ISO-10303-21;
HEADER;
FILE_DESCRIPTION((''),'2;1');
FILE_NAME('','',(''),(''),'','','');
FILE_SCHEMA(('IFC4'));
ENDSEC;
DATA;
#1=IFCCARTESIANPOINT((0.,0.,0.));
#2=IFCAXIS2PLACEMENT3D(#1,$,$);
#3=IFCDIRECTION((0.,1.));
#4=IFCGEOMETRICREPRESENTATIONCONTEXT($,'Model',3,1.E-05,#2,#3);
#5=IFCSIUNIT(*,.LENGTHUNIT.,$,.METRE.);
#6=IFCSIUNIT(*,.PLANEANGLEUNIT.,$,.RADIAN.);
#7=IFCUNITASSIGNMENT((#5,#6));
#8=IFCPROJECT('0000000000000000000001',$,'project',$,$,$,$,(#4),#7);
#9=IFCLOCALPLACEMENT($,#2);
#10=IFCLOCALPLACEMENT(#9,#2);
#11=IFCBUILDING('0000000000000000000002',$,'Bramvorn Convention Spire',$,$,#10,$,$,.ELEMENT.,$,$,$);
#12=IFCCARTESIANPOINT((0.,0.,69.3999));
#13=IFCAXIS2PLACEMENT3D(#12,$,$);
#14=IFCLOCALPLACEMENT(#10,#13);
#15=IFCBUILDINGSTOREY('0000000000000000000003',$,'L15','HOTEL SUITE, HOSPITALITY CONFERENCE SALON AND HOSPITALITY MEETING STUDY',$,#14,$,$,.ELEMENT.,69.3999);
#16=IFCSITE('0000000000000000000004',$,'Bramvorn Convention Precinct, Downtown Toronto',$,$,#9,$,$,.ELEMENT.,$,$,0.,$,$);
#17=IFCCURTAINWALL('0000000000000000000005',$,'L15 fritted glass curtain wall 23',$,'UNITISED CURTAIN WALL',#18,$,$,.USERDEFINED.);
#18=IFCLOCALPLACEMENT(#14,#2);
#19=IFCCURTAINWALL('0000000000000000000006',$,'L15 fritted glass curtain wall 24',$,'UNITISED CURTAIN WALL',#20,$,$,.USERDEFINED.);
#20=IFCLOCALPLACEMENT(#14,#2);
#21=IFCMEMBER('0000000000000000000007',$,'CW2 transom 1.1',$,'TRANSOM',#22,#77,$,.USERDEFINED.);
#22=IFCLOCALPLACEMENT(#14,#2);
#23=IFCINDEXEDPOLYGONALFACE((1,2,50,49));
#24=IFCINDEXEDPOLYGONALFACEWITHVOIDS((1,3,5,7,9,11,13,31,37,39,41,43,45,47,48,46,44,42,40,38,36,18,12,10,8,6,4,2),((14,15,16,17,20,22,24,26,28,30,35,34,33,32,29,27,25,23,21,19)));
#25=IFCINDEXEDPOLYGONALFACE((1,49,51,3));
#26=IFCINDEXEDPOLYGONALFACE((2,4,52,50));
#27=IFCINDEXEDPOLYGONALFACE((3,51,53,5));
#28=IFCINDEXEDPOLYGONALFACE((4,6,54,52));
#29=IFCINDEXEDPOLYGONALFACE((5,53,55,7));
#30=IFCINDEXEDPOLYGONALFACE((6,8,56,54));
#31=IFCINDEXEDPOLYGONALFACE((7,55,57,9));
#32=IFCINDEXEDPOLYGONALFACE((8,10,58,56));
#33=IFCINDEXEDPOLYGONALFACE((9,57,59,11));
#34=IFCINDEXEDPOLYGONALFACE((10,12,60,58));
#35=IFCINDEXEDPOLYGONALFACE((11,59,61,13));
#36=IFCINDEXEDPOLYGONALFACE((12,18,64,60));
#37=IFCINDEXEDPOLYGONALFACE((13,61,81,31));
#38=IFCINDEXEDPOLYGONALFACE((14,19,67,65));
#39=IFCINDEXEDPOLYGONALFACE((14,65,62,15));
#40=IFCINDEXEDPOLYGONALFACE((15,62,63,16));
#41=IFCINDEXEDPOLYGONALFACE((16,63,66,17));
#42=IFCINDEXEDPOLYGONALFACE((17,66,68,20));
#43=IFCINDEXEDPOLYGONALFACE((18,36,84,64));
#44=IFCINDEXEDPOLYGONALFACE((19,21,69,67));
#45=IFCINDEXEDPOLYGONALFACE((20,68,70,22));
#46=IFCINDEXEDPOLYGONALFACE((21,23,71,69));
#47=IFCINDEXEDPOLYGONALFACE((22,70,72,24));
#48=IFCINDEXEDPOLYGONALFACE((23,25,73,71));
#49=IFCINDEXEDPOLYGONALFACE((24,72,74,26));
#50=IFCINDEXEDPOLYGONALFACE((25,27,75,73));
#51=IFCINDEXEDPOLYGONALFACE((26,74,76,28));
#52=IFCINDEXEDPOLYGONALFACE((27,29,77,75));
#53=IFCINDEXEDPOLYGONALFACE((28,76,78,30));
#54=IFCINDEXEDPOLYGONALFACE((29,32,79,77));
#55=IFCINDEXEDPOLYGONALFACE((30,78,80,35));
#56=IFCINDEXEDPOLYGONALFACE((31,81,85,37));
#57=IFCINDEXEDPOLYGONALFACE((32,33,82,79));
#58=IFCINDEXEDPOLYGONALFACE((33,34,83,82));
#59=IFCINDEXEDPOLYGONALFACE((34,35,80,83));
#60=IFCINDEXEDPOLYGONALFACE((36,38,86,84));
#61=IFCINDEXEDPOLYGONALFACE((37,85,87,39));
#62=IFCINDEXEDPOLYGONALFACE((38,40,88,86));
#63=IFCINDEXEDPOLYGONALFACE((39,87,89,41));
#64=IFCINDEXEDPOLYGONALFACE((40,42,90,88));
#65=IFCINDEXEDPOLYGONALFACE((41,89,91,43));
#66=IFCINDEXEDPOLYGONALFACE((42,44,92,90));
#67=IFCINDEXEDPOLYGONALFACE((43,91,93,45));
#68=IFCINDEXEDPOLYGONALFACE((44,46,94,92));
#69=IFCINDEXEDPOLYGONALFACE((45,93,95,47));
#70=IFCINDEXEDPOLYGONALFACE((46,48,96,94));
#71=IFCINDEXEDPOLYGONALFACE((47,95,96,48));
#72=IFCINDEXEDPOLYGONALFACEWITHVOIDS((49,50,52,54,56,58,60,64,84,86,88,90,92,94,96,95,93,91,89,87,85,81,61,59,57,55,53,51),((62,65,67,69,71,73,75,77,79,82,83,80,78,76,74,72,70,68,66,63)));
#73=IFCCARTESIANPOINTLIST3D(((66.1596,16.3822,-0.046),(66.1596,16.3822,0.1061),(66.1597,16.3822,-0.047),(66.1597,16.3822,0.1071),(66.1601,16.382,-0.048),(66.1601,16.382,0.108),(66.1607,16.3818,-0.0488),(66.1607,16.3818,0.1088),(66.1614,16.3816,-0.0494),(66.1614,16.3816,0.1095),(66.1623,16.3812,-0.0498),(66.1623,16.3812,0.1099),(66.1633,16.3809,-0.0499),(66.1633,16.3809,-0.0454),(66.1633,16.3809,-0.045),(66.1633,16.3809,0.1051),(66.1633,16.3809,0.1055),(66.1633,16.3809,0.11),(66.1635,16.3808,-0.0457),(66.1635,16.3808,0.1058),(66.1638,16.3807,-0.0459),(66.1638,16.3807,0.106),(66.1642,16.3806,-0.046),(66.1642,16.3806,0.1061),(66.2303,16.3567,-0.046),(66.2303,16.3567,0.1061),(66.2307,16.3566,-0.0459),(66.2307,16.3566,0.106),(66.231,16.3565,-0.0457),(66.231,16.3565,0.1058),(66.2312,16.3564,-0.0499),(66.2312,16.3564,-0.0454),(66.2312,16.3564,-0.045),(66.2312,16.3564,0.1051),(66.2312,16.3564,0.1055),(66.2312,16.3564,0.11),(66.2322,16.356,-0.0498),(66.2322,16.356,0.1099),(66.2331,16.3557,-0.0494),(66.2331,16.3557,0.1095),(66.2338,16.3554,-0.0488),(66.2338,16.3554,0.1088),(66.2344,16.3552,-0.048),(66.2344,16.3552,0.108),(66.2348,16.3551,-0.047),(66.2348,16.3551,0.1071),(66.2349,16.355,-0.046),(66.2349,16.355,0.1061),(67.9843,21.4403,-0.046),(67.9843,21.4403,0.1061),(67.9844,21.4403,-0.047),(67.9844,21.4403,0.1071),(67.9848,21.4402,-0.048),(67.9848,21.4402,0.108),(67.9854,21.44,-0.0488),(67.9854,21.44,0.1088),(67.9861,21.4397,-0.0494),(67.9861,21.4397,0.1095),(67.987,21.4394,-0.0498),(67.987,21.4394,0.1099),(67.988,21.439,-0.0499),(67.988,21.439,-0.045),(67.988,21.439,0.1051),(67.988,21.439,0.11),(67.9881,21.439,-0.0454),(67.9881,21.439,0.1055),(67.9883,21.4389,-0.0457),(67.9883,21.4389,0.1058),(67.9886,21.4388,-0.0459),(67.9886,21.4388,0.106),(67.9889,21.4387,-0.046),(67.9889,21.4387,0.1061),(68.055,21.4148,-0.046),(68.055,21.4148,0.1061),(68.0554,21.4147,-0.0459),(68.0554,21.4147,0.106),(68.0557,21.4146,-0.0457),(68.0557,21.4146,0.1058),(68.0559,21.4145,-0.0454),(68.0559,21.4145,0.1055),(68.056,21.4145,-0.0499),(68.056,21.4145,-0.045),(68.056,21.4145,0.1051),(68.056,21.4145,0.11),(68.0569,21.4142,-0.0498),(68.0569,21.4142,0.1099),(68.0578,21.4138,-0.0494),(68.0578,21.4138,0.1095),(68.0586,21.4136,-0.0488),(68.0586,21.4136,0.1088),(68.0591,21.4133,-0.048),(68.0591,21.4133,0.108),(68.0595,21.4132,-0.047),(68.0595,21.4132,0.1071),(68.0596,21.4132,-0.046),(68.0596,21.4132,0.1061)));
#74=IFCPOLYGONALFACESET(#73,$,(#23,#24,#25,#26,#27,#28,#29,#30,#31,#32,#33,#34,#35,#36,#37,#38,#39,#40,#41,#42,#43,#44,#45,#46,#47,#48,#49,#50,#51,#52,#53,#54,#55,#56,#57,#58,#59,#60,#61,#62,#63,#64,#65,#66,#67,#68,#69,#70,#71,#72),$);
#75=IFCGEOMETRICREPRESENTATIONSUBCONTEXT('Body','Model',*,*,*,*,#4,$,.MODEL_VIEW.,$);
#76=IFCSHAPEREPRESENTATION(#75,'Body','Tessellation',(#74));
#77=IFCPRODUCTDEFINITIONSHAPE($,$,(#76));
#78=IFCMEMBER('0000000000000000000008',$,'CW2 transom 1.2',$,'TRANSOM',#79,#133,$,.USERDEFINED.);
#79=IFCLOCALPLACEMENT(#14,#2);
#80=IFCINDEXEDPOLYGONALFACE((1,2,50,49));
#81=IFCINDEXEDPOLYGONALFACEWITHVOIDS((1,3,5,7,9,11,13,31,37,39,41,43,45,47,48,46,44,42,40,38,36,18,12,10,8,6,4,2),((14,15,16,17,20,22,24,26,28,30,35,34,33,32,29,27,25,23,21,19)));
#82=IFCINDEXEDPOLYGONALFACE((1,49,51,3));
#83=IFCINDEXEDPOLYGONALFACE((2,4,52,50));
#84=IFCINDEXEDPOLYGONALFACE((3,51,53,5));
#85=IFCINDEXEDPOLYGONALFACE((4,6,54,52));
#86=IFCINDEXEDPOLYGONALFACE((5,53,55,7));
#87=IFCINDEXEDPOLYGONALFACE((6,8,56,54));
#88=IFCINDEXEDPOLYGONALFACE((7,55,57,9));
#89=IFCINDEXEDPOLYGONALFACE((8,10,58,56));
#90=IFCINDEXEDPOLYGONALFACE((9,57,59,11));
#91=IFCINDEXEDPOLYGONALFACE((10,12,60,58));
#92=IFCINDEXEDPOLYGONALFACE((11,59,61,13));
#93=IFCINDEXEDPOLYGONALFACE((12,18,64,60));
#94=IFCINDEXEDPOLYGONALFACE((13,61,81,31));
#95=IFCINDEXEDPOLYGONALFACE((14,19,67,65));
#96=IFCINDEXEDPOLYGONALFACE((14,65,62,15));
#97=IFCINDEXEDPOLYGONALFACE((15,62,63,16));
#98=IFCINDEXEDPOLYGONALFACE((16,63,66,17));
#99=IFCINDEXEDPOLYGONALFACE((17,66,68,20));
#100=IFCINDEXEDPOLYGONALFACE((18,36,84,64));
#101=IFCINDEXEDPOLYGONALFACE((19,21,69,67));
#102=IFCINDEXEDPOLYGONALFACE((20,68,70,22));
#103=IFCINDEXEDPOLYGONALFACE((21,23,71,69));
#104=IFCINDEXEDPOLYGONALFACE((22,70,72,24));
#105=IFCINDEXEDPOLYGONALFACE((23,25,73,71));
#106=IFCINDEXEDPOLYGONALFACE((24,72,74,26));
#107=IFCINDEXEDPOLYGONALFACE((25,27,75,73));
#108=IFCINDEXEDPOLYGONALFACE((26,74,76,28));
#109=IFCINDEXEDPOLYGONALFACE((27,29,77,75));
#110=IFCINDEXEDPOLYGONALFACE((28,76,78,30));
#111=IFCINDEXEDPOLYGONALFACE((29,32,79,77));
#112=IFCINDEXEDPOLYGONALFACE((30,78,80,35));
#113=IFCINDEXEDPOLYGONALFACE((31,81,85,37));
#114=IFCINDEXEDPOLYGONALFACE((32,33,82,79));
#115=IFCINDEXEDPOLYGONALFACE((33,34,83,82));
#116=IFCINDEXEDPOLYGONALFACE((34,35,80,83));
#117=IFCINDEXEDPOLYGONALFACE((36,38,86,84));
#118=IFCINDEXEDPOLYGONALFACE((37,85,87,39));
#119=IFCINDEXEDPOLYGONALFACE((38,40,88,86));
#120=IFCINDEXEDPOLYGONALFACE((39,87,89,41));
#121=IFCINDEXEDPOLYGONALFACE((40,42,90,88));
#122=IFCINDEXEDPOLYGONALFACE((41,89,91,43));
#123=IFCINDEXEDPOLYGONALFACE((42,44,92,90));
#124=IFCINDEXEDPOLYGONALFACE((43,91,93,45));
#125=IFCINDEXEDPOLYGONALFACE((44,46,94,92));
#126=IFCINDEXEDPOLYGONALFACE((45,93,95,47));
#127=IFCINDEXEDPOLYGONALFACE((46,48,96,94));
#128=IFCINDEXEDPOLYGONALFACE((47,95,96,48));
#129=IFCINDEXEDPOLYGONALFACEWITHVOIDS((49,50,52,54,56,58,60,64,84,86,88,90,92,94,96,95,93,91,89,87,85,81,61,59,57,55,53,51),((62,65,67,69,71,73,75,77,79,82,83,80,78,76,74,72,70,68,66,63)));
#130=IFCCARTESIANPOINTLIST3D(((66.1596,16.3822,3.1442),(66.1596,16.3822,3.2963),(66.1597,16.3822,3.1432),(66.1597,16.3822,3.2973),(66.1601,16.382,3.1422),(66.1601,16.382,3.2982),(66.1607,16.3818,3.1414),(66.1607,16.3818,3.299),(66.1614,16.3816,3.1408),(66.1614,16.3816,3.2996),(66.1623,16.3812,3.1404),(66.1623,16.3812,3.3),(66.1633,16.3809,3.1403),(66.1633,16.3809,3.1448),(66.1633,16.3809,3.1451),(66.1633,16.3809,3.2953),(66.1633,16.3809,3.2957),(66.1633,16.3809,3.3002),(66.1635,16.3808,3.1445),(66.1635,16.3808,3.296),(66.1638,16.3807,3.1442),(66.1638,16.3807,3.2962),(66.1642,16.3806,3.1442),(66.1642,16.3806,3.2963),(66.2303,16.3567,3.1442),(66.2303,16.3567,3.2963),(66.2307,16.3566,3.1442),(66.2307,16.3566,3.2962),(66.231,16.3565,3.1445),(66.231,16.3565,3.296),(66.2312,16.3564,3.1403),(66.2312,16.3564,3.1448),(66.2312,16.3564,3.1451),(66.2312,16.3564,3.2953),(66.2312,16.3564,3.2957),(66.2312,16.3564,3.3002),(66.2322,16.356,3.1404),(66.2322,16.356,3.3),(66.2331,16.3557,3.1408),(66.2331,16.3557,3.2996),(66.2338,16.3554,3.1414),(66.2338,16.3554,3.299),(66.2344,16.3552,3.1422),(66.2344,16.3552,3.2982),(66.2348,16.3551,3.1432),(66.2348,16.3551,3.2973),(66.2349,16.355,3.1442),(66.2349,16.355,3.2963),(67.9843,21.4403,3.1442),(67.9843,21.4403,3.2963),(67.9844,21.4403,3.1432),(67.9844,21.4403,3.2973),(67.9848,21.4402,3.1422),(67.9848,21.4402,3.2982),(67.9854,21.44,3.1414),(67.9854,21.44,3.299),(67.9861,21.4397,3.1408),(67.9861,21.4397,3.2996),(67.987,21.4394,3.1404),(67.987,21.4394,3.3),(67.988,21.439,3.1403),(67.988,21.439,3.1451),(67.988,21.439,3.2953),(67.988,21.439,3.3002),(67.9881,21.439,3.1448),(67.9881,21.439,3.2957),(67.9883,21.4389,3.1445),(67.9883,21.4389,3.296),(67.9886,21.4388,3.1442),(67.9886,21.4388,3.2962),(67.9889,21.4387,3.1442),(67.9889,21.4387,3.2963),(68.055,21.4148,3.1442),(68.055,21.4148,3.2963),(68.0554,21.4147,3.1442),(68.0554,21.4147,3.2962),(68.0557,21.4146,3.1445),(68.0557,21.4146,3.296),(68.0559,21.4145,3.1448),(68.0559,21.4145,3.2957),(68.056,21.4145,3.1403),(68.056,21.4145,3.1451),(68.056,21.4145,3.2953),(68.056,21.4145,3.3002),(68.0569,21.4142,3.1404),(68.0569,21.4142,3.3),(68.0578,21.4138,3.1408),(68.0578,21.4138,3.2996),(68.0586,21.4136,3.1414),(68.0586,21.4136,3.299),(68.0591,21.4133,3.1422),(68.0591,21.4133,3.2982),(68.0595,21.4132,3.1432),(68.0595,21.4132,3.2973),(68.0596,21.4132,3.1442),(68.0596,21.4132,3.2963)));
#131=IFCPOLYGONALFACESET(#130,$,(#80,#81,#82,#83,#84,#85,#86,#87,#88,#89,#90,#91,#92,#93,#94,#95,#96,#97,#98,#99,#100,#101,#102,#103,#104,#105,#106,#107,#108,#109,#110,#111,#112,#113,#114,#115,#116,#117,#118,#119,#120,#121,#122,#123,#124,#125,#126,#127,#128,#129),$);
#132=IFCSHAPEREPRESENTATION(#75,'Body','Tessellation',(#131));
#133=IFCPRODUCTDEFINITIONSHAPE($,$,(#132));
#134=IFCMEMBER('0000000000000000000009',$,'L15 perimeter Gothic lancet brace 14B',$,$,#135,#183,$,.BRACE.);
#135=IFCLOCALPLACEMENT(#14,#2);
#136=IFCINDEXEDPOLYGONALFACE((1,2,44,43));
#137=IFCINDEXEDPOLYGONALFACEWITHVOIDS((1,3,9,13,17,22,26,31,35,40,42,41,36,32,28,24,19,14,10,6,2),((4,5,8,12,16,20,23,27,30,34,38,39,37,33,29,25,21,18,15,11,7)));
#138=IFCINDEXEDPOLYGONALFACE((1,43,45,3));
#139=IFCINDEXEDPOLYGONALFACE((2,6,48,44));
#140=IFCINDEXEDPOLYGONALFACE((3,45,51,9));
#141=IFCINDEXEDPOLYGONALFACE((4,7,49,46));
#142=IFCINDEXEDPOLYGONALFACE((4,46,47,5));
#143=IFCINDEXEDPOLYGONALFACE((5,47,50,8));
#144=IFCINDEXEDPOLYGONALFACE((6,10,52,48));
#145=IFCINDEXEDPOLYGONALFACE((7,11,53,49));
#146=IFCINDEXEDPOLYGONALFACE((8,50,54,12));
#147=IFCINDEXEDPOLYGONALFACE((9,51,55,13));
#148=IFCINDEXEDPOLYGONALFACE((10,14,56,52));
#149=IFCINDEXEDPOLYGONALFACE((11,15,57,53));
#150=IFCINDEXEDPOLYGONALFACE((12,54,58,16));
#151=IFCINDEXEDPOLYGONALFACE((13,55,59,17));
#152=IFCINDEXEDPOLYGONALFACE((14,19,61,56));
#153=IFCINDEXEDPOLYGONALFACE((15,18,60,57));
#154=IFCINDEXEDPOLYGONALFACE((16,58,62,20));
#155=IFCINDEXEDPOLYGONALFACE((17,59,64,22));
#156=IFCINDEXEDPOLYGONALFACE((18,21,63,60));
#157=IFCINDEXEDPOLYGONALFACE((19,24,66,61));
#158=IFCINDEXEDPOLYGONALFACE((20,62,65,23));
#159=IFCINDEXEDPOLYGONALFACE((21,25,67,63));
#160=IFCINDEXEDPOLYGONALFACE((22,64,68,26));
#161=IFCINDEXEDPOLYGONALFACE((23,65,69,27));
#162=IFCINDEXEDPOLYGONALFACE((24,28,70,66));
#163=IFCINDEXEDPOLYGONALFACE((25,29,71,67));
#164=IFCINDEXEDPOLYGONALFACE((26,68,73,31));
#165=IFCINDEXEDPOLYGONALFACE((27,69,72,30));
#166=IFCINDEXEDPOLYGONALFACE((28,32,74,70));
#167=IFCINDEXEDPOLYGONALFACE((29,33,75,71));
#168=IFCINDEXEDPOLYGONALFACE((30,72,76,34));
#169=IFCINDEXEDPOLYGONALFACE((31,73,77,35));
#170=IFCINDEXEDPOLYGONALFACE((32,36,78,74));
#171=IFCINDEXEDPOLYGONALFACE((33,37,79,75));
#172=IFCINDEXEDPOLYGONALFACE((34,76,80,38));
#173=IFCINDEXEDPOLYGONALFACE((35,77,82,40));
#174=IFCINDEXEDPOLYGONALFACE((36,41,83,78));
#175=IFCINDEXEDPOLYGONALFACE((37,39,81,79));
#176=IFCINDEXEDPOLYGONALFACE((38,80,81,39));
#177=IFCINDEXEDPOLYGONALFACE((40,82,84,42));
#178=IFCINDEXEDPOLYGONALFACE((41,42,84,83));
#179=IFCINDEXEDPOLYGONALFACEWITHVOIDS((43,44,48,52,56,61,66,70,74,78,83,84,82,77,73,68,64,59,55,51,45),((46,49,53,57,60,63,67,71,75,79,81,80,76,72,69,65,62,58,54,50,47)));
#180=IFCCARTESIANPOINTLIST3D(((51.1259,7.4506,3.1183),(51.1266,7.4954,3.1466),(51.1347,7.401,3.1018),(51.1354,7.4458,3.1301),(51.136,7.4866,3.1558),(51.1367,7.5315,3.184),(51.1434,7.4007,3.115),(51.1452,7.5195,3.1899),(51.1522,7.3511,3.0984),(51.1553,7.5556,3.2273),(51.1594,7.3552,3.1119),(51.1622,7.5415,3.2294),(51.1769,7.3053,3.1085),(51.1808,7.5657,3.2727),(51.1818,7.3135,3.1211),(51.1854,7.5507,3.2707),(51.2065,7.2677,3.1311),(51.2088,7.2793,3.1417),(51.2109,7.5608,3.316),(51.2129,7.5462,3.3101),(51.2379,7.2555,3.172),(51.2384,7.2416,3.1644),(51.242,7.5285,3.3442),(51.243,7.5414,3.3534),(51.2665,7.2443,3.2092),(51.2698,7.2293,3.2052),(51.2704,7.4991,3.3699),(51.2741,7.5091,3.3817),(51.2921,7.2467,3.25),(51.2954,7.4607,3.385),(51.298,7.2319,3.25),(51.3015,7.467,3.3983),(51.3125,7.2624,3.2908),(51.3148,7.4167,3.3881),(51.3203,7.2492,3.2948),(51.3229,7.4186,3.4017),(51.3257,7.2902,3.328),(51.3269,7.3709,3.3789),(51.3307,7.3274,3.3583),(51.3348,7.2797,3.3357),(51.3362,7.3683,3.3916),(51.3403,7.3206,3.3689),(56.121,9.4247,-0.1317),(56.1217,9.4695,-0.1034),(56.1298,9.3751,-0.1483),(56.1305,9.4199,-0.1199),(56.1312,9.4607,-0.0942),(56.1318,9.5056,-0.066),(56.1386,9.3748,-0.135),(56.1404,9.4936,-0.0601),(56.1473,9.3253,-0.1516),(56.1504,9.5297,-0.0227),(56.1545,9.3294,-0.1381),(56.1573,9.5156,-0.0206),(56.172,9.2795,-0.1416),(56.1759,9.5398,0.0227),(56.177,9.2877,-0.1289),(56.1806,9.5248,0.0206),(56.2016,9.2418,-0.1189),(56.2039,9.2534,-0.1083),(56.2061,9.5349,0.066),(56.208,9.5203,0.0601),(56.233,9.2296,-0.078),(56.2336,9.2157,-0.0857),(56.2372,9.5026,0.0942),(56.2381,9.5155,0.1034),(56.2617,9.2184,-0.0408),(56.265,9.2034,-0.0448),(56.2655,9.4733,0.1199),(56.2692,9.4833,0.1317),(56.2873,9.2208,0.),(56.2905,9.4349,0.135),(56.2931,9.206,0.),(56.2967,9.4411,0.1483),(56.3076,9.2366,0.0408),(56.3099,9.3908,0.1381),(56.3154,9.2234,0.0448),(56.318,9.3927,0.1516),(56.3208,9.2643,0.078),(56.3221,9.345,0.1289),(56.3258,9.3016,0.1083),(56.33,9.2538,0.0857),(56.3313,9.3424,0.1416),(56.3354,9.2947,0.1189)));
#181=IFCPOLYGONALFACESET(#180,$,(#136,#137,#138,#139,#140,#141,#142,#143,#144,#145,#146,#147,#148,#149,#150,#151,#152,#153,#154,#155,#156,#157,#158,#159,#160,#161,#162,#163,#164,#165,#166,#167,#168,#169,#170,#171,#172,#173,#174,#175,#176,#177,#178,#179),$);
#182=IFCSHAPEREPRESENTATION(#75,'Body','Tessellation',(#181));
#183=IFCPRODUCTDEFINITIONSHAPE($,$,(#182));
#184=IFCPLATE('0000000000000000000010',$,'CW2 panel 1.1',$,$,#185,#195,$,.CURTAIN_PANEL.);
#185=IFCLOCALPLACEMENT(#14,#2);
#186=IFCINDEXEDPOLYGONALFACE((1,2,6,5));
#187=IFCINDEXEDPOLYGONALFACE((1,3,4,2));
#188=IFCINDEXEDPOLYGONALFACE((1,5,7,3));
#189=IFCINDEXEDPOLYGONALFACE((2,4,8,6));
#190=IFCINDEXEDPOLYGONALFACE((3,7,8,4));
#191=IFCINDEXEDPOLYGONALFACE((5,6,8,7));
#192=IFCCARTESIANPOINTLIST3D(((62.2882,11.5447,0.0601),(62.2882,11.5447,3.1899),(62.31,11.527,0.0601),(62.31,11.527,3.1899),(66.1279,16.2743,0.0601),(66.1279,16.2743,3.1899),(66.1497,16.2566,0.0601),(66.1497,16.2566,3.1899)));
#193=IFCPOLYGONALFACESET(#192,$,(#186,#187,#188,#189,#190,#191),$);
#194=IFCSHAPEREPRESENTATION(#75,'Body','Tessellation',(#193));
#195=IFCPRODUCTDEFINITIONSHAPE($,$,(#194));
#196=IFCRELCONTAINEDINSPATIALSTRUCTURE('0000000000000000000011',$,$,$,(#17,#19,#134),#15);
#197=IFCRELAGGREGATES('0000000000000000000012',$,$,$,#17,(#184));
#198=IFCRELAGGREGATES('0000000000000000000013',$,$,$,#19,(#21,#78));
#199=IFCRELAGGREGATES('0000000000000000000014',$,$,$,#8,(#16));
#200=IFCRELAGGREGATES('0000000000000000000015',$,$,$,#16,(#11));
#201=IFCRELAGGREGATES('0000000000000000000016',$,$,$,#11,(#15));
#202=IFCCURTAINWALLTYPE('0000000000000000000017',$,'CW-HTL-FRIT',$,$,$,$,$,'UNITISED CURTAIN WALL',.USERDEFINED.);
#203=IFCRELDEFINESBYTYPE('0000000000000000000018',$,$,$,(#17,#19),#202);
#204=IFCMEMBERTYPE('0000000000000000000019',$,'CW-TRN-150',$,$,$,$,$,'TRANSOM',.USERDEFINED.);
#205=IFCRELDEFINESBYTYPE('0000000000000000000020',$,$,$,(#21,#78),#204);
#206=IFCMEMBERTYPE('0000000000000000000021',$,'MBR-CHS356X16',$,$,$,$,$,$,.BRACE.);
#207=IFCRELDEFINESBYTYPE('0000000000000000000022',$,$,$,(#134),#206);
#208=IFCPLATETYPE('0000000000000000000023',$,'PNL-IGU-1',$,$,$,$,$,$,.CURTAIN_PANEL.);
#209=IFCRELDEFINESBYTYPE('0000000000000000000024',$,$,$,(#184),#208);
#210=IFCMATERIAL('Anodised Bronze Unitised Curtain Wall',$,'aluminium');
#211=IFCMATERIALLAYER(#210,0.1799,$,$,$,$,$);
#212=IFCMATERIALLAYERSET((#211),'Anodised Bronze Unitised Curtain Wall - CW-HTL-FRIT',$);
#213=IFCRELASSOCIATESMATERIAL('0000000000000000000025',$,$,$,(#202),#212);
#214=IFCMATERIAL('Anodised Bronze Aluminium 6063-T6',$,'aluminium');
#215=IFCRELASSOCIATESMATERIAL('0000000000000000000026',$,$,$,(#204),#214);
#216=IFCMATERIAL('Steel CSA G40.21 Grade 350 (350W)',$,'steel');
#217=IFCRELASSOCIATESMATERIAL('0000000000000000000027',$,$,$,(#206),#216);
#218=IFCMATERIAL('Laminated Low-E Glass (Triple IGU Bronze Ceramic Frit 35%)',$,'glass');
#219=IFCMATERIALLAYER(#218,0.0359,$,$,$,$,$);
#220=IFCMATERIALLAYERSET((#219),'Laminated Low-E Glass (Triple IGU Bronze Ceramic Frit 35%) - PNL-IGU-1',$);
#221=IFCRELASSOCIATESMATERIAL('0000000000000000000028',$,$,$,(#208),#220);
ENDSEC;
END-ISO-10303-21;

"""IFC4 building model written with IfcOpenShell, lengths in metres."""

from ifc_helpers import new_model, si_unit, direction, frame, origin, origin_2d, place, context, subcontext, project, spatial, rectangle, hollow_rectangle, hollow_circle, extrude, material, layer, layer_set, material_profile, profile_set, type_object, element, aggregate, save


model = new_model("IFC4")

# Units and contexts
model_context = context("Model", 3, precision=1e-05, world=origin(), true_north=direction((0.0, 1.0)))
body_context = subcontext(model_context, "Body", "Model", "MODEL_VIEW")
ifc_project = project(units=[si_unit("LENGTHUNIT", "METRE"), si_unit("PLANEANGLEUNIT", "RADIAN")], contexts=[model_context])

# Site, building, storey
site_placement = place(None, origin())
site = spatial("IfcSite", under=ifc_project, at=site_placement, Name="Bramvorn Convention Precinct, Downtown Toronto", CompositionType="ELEMENT", RefElevation=0.0)
building_placement = place(site_placement, origin())
building = spatial("IfcBuilding", under=site, at=building_placement, Name="Bramvorn Convention Spire", CompositionType="ELEMENT")
storey_placement = place(building_placement, frame((0.0, 0.0, 69.3999)))
storey = spatial("IfcBuildingStorey", under=building, at=storey_placement, Name="L15", Description="HOTEL SUITE, HOSPITALITY CONFERENCE SALON AND HOSPITALITY MEETING STUDY", CompositionType="ELEMENT", Elevation=69.3999)

# Shared definitions
ifc_material_1 = material(Name="Steel CSA G40.21 Grade 350 (350W)", Category="steel")

# Curtain walls
ifc_material_2 = material(Name="Anodised Bronze Unitised Curtain Wall", Category="aluminium")
ifc_layer_1 = layer(ifc_material_2, 0.1799)
ifc_layer_set_1 = layer_set([ifc_layer_1], Name="Anodised Bronze Unitised Curtain Wall - CW-HTL-FRIT")
curtain_wall_type = type_object("IfcCurtainWallType", Name="CW-HTL-FRIT", ElementType="UNITISED CURTAIN WALL", PredefinedType="USERDEFINED", material=ifc_layer_set_1)
curtain_wall_1_placement = place(storey_placement, origin())
curtain_wall_1 = element("IfcCurtainWall", 1, at=curtain_wall_1_placement, inside=storey, type_object=curtain_wall_type, Name="L15 fritted glass curtain wall 23", ObjectType="UNITISED CURTAIN WALL", PredefinedType="USERDEFINED")
ifc_material_3 = material(Name="Anodised Bronze Aluminium 6063-T6", Category="aluminium")
curtain_wall_2_placement = place(storey_placement, origin())
curtain_wall_2 = element("IfcCurtainWall", 2, at=curtain_wall_2_placement, inside=storey, type_object=curtain_wall_type, Name="L15 fritted glass curtain wall 24", ObjectType="UNITISED CURTAIN WALL", PredefinedType="USERDEFINED")

# Members
ifc_material_profile_1 = material_profile(ifc_material_3, hollow_rectangle(XDim=0.0801, YDim=0.1599, WallThickness=0.0039, InnerFilletRadius=0.001, OuterFilletRadius=0.0039, at=origin_2d()))
ifc_profile_set_1 = profile_set([ifc_material_profile_1], Name="Anodised Bronze Aluminium 6063-T6 - CWT80X160")
member_type_1 = type_object("IfcMemberType", Name="CW-TRN-150", ElementType="TRANSOM", PredefinedType="USERDEFINED", material=ifc_profile_set_1)
member_1_placement = place(storey_placement, frame((68.022, 21.4268, 0.03), z_axis=(-0.339343, -0.940663, 0.0), x_axis=(0.940663, -0.339343, 0.0)))
member_1 = element("IfcMember", 3, at=member_1_placement, type_object=member_type_1, Name="CW2 transom 1.1", ObjectType="TRANSOM", PredefinedType="USERDEFINED", context=body_context, shape_type="SweptSolid", body=[
    extrude(hollow_rectangle(XDim=0.0801, YDim=0.1599, WallThickness=0.0039, InnerFilletRadius=0.001, OuterFilletRadius=0.0039, at=origin_2d()), origin(), (0.0, 0.0, 1.0), 5.3772),
])
member_2_placement = place(storey_placement, frame((68.022, 21.4268, 3.2202), z_axis=(-0.339343, -0.940663, 0.0), x_axis=(0.940663, -0.339343, 0.0)))
member_2 = element("IfcMember", 4, at=member_2_placement, type_object=member_type_1, Name="CW2 transom 1.2", ObjectType="TRANSOM", PredefinedType="USERDEFINED", context=body_context, shape_type="SweptSolid", body=[
    extrude(hollow_rectangle(XDim=0.0801, YDim=0.1599, WallThickness=0.0039, InnerFilletRadius=0.001, OuterFilletRadius=0.0039, at=origin_2d()), origin(), (0.0, 0.0, 1.0), 5.3772),
])
ifc_material_profile_2 = material_profile(ifc_material_1, hollow_circle(Radius=0.1777, WallThickness=0.0159, at=origin_2d()))
ifc_profile_set_2 = profile_set([ifc_material_profile_2], Name="Steel CSA G40.21 Grade 350 (350W) - CHS356X16")
member_type_2 = type_object("IfcMemberType", Name="MBR-CHS356X16", PredefinedType="BRACE", material=ifc_profile_set_2)
member_3_placement = place(storey_placement, frame((56.2278, 9.3713, 0.0), z_axis=(-0.795679, -0.31446, 0.517697), x_axis=(0.367547, -0.930005, 0.0)))
element("IfcMember", 5, at=member_3_placement, inside=storey, type_object=member_type_2, Name="L15 perimeter Gothic lancet brace 14B", PredefinedType="BRACE", context=body_context, shape_type="SweptSolid", body=[
    extrude(hollow_circle(Radius=0.1777, WallThickness=0.0159, at=origin_2d()), origin(), (0.0, 0.0, 1.0), 6.2778),
])

# Plate
ifc_material_4 = material(Name="Laminated Low-E Glass (Triple IGU Bronze Ceramic Frit 35%)", Category="glass")
ifc_layer_2 = layer(ifc_material_4, 0.0359)
ifc_layer_set_2 = layer_set([ifc_layer_2], Name="Laminated Low-E Glass (Triple IGU Bronze Ceramic Frit 35%) - PNL-IGU-1")
plate_type = type_object("IfcPlateType", Name="PNL-IGU-1", PredefinedType="CURTAIN_PANEL", material=ifc_layer_set_2)
plate_1_placement = place(storey_placement, frame((64.219, 13.9006, 0.0601), z_axis=(0.0, 0.0, 1.0), x_axis=(-0.630282, -0.776367, 0.0)))
plate_1 = element("IfcPlate", 6, at=plate_1_placement, type_object=plate_type, Name="CW2 panel 1.1", PredefinedType="CURTAIN_PANEL", context=body_context, shape_type="SweptSolid", body=[
    extrude(rectangle(XDim=6.092, YDim=0.0281, at=origin_2d()), origin(), (0.0, 0.0, 1.0), 3.1299),
])
aggregate(curtain_wall_1, [plate_1])
aggregate(curtain_wall_2, [member_1, member_2])

save(model, "model.ifc")
